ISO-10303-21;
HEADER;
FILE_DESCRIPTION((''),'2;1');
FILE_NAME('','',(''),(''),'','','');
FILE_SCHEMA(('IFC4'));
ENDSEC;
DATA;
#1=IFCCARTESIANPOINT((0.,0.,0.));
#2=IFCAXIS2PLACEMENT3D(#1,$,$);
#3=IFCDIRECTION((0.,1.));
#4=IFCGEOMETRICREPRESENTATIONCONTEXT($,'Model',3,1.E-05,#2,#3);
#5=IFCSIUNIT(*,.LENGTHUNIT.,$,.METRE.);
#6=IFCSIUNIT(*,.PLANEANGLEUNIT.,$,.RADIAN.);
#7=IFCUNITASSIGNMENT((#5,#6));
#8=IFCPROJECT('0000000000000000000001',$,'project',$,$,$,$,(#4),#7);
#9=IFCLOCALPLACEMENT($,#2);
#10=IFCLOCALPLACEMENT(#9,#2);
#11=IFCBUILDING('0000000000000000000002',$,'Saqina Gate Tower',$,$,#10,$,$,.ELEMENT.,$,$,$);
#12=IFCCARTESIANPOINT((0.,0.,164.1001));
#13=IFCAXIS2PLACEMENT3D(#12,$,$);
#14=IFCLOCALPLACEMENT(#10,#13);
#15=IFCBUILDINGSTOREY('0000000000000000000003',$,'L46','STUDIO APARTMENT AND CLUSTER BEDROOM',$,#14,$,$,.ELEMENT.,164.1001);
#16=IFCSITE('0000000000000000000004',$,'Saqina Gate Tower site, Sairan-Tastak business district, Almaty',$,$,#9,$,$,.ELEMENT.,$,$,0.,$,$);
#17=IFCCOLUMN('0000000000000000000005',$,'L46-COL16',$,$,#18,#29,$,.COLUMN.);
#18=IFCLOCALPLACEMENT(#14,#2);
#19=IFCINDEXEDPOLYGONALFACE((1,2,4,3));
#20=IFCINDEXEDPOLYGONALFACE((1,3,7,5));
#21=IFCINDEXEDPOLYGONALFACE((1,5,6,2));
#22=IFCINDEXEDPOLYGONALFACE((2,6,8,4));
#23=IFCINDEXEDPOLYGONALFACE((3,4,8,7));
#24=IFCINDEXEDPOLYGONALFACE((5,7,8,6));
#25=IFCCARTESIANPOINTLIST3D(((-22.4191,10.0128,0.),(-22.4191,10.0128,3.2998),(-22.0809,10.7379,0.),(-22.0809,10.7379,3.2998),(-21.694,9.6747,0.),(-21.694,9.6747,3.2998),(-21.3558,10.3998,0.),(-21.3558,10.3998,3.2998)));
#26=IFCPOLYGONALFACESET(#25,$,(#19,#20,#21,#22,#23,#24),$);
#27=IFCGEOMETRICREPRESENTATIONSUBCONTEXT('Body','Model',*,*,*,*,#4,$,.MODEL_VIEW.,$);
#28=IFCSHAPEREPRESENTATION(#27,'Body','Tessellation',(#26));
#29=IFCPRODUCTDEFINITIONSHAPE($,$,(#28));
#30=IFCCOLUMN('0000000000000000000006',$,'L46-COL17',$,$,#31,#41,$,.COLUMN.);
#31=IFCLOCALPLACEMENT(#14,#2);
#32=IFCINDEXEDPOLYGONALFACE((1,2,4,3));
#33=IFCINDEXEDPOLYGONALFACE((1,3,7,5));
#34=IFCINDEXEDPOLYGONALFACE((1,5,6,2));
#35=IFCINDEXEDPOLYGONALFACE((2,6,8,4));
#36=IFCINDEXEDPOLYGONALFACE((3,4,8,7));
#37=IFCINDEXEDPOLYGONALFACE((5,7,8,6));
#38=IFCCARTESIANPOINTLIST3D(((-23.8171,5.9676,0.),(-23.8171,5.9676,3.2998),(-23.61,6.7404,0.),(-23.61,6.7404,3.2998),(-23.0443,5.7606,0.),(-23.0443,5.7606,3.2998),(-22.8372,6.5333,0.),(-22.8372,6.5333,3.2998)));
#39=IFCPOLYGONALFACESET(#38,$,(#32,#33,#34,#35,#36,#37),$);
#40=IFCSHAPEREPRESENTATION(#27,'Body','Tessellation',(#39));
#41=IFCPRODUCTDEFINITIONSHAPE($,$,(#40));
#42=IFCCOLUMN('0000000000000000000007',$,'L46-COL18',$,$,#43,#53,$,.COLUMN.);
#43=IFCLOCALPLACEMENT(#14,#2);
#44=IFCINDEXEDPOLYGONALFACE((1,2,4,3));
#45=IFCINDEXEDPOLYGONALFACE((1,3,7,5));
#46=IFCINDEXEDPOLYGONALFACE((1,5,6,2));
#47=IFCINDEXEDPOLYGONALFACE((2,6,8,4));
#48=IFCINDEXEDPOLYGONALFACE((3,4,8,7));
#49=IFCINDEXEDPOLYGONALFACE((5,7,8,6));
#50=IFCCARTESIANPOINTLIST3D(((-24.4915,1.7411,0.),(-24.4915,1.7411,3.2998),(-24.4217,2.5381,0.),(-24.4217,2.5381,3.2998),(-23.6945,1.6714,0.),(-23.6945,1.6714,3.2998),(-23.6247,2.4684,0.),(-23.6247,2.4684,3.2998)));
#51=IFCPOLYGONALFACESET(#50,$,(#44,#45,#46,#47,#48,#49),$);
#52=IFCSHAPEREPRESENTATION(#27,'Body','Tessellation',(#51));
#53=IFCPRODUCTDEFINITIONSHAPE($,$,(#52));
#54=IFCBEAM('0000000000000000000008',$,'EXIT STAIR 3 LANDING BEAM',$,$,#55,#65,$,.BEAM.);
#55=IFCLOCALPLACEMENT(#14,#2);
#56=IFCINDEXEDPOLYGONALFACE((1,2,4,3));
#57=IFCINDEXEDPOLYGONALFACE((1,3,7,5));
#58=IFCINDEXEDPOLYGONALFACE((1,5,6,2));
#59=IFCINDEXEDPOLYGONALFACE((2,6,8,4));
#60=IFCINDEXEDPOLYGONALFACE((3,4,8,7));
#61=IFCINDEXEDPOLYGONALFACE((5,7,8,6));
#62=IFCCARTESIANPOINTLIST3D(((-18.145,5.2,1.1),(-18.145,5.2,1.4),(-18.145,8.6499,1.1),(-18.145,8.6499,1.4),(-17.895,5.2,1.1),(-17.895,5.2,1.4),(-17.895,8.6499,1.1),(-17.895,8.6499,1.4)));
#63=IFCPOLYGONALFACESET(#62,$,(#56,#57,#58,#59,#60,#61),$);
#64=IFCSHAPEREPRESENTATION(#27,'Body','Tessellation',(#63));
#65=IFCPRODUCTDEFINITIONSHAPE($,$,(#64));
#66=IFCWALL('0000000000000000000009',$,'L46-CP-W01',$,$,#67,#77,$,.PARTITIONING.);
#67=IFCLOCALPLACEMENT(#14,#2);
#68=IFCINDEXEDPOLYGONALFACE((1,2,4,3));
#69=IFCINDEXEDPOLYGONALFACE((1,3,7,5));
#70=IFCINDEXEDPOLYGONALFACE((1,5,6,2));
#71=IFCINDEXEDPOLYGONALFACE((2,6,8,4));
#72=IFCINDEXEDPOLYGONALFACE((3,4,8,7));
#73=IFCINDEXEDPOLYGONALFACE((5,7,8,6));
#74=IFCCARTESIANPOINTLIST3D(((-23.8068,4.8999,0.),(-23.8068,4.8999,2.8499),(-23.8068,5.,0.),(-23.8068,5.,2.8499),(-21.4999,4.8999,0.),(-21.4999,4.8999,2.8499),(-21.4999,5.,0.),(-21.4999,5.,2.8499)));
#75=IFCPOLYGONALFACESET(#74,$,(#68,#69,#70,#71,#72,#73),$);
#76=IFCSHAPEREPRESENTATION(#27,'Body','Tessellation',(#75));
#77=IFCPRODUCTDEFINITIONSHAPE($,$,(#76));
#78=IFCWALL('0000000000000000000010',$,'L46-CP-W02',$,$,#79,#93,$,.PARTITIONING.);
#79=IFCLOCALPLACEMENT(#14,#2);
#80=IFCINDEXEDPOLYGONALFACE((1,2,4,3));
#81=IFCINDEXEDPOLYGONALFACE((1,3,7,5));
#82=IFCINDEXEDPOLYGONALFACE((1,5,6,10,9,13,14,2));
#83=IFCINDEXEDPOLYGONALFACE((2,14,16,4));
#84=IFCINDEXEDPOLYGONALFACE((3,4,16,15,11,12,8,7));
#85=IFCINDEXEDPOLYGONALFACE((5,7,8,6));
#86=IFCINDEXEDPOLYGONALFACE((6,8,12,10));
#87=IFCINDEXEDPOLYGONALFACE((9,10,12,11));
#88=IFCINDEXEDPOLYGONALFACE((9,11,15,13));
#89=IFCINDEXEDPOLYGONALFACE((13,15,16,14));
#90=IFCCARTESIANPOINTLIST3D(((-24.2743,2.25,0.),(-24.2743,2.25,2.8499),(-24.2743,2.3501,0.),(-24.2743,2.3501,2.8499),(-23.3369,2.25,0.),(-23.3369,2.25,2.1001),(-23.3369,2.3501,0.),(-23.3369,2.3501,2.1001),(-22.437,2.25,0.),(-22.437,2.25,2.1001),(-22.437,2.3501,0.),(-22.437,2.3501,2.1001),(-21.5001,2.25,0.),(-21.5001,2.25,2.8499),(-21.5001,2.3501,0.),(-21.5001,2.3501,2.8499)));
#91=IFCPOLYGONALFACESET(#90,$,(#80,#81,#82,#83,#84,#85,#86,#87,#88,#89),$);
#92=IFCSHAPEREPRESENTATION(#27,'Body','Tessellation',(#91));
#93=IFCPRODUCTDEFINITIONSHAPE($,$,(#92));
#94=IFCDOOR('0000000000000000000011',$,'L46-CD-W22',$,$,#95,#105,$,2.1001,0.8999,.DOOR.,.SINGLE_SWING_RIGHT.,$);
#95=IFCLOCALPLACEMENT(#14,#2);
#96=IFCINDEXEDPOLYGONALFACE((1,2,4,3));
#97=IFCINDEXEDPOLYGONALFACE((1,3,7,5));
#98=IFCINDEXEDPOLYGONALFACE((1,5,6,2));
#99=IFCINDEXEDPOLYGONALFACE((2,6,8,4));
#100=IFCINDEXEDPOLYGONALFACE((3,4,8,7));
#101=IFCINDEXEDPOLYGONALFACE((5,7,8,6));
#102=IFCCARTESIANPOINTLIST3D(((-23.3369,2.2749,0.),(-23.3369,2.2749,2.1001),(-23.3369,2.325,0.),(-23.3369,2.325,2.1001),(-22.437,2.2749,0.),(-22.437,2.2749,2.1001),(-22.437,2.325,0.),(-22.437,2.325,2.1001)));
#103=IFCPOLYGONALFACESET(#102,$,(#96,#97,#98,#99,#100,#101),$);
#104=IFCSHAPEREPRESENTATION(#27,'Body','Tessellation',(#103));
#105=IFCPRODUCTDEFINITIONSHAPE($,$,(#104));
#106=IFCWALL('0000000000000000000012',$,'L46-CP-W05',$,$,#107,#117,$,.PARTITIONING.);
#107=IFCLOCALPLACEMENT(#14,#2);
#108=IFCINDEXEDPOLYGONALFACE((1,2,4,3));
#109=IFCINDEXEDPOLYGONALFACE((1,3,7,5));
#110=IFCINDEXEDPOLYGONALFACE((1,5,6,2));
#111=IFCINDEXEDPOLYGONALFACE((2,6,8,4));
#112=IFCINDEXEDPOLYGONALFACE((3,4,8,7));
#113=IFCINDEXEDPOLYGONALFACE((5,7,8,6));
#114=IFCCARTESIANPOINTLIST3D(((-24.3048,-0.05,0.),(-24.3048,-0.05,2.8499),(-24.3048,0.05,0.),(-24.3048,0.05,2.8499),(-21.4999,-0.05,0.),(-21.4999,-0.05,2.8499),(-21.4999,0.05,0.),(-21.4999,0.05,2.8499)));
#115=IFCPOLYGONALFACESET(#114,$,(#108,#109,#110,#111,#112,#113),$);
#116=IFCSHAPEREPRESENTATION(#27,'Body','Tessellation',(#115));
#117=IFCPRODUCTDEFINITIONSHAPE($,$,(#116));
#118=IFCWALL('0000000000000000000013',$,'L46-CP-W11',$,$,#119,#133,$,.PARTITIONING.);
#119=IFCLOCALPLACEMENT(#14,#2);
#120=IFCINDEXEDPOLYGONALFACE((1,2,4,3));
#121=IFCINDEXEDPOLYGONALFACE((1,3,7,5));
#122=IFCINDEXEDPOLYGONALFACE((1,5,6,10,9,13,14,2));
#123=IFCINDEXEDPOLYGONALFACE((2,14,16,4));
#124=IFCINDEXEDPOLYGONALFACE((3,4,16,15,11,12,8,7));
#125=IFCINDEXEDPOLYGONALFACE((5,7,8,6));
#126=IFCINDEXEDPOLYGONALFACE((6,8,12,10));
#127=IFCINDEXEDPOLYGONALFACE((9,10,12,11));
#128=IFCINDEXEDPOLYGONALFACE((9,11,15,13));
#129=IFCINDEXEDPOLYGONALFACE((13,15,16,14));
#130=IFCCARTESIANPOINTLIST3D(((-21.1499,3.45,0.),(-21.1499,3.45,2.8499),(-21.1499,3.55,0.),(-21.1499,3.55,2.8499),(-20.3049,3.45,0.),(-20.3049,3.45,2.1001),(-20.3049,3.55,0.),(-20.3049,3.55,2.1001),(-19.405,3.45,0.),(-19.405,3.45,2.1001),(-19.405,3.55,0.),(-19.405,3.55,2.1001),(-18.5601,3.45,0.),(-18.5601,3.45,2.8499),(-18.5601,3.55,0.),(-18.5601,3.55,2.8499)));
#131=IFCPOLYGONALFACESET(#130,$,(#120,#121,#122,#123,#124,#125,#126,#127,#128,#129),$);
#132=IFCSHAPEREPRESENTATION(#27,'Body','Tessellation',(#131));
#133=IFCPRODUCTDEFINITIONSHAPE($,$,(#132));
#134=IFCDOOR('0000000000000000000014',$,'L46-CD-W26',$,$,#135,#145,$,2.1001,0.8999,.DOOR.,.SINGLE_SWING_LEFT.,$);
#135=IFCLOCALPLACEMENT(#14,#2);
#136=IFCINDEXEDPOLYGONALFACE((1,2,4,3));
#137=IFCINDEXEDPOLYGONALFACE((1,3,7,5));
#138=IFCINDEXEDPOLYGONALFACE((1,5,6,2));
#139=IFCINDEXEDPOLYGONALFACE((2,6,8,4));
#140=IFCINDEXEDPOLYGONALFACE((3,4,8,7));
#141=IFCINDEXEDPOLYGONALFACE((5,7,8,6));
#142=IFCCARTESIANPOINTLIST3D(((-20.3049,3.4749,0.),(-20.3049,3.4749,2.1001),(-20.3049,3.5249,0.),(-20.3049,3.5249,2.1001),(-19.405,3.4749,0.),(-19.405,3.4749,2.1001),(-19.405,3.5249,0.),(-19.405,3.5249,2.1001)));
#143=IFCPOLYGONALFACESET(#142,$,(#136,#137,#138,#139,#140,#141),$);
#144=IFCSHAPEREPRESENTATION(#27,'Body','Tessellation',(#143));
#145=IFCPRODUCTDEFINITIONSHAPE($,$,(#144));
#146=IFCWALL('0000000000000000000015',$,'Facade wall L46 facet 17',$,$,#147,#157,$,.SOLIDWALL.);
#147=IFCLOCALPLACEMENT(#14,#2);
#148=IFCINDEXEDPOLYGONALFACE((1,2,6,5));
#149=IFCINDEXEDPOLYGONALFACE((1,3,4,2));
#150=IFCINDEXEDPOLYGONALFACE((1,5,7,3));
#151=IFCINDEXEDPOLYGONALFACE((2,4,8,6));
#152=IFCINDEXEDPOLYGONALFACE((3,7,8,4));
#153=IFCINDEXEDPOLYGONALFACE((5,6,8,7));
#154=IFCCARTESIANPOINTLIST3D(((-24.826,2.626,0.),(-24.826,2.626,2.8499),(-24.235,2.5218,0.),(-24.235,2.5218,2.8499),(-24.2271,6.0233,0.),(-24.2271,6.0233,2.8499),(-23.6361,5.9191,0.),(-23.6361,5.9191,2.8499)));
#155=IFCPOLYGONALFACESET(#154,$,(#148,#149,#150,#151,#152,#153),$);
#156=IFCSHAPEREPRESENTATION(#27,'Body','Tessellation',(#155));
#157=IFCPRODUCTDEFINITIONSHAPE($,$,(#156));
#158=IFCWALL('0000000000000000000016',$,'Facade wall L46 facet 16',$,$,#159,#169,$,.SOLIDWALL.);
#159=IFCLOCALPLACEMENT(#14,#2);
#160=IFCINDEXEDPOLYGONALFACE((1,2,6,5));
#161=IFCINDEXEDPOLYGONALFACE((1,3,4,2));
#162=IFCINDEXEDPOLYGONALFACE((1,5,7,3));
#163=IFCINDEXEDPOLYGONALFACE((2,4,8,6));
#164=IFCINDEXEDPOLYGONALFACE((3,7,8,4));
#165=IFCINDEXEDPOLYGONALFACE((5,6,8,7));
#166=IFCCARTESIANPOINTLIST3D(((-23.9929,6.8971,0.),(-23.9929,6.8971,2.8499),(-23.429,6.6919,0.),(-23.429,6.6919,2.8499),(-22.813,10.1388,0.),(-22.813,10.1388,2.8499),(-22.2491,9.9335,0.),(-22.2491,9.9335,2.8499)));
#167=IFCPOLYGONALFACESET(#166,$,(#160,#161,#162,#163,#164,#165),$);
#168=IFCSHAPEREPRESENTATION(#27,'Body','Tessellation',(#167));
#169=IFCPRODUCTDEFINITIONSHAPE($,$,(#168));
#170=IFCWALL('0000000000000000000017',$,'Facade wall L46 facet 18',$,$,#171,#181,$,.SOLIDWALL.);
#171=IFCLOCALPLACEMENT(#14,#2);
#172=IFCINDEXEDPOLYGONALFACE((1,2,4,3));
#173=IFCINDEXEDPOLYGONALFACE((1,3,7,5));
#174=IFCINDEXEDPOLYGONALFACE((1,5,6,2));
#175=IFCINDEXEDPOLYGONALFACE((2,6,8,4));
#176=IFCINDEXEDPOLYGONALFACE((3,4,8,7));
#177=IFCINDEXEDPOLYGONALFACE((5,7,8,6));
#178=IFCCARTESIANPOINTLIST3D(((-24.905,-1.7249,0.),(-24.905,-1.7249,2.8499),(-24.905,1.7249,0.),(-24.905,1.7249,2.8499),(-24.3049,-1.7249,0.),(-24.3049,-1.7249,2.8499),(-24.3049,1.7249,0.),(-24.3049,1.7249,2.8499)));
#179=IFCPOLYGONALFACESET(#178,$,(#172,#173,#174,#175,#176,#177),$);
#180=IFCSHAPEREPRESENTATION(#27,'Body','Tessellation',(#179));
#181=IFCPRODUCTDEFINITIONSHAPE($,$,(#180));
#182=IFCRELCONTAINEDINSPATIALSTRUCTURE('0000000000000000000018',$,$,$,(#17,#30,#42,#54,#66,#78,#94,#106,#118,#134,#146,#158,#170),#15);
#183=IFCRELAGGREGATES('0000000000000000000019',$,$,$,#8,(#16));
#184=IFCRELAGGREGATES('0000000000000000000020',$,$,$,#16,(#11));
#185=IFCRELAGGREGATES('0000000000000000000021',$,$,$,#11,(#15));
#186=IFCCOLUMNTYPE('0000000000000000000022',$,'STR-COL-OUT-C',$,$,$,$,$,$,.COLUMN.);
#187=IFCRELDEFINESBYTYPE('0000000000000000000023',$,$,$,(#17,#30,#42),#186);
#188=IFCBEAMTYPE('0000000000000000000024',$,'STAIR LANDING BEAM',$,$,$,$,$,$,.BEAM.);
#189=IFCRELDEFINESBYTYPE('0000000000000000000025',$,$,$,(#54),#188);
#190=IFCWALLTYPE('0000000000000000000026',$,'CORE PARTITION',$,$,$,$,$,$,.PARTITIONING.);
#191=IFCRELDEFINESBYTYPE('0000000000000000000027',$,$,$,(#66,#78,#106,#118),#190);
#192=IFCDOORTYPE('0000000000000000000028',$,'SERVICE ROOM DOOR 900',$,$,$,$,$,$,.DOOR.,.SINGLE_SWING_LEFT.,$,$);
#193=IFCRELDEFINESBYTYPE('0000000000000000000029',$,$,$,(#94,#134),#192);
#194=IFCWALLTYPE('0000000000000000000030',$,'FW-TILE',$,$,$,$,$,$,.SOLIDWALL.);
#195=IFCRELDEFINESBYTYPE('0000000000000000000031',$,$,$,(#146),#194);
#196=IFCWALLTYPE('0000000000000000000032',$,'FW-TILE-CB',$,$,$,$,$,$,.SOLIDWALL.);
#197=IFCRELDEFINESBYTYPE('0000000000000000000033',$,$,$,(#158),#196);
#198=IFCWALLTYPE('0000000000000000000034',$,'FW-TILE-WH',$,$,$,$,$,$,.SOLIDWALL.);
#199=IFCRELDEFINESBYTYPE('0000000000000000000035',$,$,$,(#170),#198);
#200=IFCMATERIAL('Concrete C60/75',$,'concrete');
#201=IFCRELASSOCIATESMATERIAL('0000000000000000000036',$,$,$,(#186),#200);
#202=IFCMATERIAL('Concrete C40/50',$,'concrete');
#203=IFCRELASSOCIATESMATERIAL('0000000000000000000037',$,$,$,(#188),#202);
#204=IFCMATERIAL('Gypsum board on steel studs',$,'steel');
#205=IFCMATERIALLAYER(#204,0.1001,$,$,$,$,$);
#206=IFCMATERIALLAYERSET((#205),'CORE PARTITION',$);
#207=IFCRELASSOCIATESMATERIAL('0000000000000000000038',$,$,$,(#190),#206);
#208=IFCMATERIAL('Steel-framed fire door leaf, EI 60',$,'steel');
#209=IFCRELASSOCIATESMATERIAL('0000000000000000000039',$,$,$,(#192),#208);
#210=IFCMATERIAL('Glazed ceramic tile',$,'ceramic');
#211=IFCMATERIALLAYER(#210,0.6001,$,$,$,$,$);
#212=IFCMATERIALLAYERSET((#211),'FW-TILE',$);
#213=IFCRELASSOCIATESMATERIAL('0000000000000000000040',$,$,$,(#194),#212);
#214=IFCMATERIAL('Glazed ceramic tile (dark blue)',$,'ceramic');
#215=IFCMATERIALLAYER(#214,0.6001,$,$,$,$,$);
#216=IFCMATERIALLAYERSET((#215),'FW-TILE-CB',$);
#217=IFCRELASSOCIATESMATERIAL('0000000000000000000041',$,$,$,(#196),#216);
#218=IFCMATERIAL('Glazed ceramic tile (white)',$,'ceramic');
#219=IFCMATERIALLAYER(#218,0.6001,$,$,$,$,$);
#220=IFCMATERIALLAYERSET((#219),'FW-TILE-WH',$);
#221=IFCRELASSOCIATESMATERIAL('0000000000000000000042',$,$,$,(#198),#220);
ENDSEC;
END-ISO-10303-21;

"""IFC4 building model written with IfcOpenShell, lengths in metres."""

from ifc_helpers import new_model, si_unit, direction, frame, frame_2d, origin, origin_2d, place, context, subcontext, project, spatial, rectangle, extrude, material, layer, layer_set, material_profile, profile_set, type_object, element, fill, save


model = new_model("IFC4")

# Units and contexts
model_context = context("Model", 3, precision=1e-05, world=origin(), true_north=direction((0.0, 1.0)))
body_context = subcontext(model_context, "Body", "Model", "MODEL_VIEW")
ifc_project = project(units=[si_unit("LENGTHUNIT", "METRE"), si_unit("PLANEANGLEUNIT", "RADIAN")], contexts=[model_context])

# Site, building, storey
site_placement = place(None, origin())
site = spatial("IfcSite", under=ifc_project, at=site_placement, Name="Saqina Gate Tower site, Sairan-Tastak business district, Almaty", CompositionType="ELEMENT", RefElevation=0.0)
building_placement = place(site_placement, origin())
building = spatial("IfcBuilding", under=site, at=building_placement, Name="Saqina Gate Tower", CompositionType="ELEMENT")
storey_placement = place(building_placement, frame((0.0, 0.0, 164.1001)))
storey = spatial("IfcBuildingStorey", under=building, at=storey_placement, Name="L46", Description="STUDIO APARTMENT AND CLUSTER BEDROOM", CompositionType="ELEMENT", Elevation=164.1001)

# Columns
ifc_material_1 = material(Name="Concrete C60/75", Category="concrete")
ifc_material_profile_1 = material_profile(ifc_material_1, rectangle(XDim=0.8, YDim=0.8, at=origin_2d()), Name="RC 800x800")
ifc_profile_set_1 = profile_set([ifc_material_profile_1], Name="Concrete C60/75")
column_type = type_object("IfcColumnType", Name="STR-COL-OUT-C", PredefinedType="COLUMN", material=ifc_profile_set_1)
for number, where, z_axis, x_axis, name in (
    (1, (-21.8875, 10.2063, 0.0), (0.0, 0.0, 1.0), (-0.906308, 0.422618, 0.0), "L46-COL16"),
    (2, (-23.3271, 6.2505, 0.0), (0.0, 0.0, 1.0), (-0.965926, 0.258819, 0.0), "L46-COL17"),
    (3, (-24.0581, 2.1047, 0.0), (0.0, 0.0, 1.0), (-0.996195, 0.087156, 0.0), "L46-COL18"),
):
    element("IfcColumn", number, at=place(storey_placement, frame(where, z_axis=z_axis, x_axis=x_axis)), inside=storey, type_object=column_type, Name=name, PredefinedType="COLUMN", context=body_context, shape_type="SweptSolid", body=[
        extrude(rectangle(XDim=0.8, YDim=0.8, at=origin_2d()), origin(), (0.0, 0.0, 1.0), 3.2998),
    ])

# Beam
ifc_material_2 = material(Name="Concrete C40/50", Category="concrete")
ifc_material_profile_2 = material_profile(ifc_material_2, rectangle(XDim=0.25, YDim=0.3, at=origin_2d()), Name="STAIR LANDING BEAM")
ifc_profile_set_2 = profile_set([ifc_material_profile_2], Name="Concrete C40/50")
beam_type = type_object("IfcBeamType", Name="STAIR LANDING BEAM", PredefinedType="BEAM", material=ifc_profile_set_2)
beam_placement = place(storey_placement, frame((-18.02, 5.2, 1.25), z_axis=(0.0, 1.0, 0.0), x_axis=(-1.0, 0.0, 0.0)))
element("IfcBeam", 4, at=beam_placement, inside=storey, type_object=beam_type, Name="EXIT STAIR 3 LANDING BEAM", PredefinedType="BEAM", context=body_context, shape_type="SweptSolid", body=[
    extrude(rectangle(XDim=0.25, YDim=0.3, at=origin_2d()), origin(), (0.0, 0.0, 1.0), 3.45),
])

# Wall
ifc_material_3 = material(Name="Gypsum board on steel studs", Category="steel")
ifc_layer_1 = layer(ifc_material_3, 0.1001)
ifc_layer_set_1 = layer_set([ifc_layer_1], Name="CORE PARTITION")
wall_type_1 = type_object("IfcWallType", Name="CORE PARTITION", PredefinedType="PARTITIONING", material=ifc_layer_set_1)
wall_1_placement = place(storey_placement, frame((-21.5, 4.95, 0.0), z_axis=(0.0, 0.0, 1.0), x_axis=(-1.0, 0.0, 0.0)))
element("IfcWall", 5, at=wall_1_placement, inside=storey, type_object=wall_type_1, Name="L46-CP-W01", PredefinedType="PARTITIONING", context=body_context, shape_type="SweptSolid", body=[
    extrude(rectangle(XDim=2.3069, YDim=0.1001, at=frame_2d((1.1533, 0.0))), origin(), (0.0, 0.0, 1.0), 2.8499),
])

# Wall, opening, door
wall_2_placement = place(storey_placement, frame((-21.5, 2.3, 0.0), z_axis=(0.0, 0.0, 1.0), x_axis=(-1.0, 0.0, 0.0)))
wall_2 = element("IfcWall", 6, at=wall_2_placement, inside=storey, type_object=wall_type_1, Name="L46-CP-W02", PredefinedType="PARTITIONING", context=body_context, shape_type="SweptSolid", body=[
    extrude(rectangle(XDim=2.7742, YDim=0.1001, at=frame_2d((1.3872, 0.0))), origin(), (0.0, 0.0, 1.0), 2.8499),
])
opening_1_placement = place(wall_2_placement, frame((0.937, 0.0, 0.0)))
opening_1 = element("IfcOpeningElement", 7, at=opening_1_placement, cuts=wall_2, PredefinedType="OPENING", context=body_context, shape_type="SweptSolid", body=[
    extrude(rectangle(XDim=0.8999, YDim=2.1001, at=frame_2d((0.45, 1.05))), frame((0.0, 0.062, 0.0), z_axis=(0.0, -1.0, 0.0), x_axis=(1.0, 0.0, 0.0)), (0.0, 0.0, 1.0), 0.124),
])
ifc_material_4 = material(Name="Steel-framed fire door leaf, EI 60", Category="steel")
door_type_1 = type_object("IfcDoorType", Name="SERVICE ROOM DOOR 900", OperationType="SINGLE_SWING_LEFT", PredefinedType="DOOR", material=ifc_material_4)
door_1_placement = place(opening_1_placement, frame((0.8999, 0.0, 0.0), z_axis=(0.0, 0.0, 1.0), x_axis=(-1.0, 0.0, 0.0)))
door_1 = element("IfcDoor", 8, at=door_1_placement, inside=storey, type_object=door_type_1, Name="L46-CD-W22", OperationType="SINGLE_SWING_RIGHT", OverallHeight=2.1001, OverallWidth=0.8999, PredefinedType="DOOR", context=body_context, shape_type="SweptSolid", body=[
    extrude(rectangle(XDim=0.8999, YDim=2.1001, at=frame_2d((0.45, 1.05))), frame((0.0, 0.0249, 0.0), z_axis=(0.0, -1.0, 0.0), x_axis=(1.0, 0.0, 0.0)), (0.0, 0.0, 1.0), 0.05),
])
fill(opening_1, door_1)

# Wall
wall_3_placement = place(storey_placement, frame((-21.5, 0.0, 0.0), z_axis=(0.0, 0.0, 1.0), x_axis=(-1.0, 0.0, 0.0)))
element("IfcWall", 9, at=wall_3_placement, inside=storey, type_object=wall_type_1, Name="L46-CP-W05", PredefinedType="PARTITIONING", context=body_context, shape_type="SweptSolid", body=[
    extrude(rectangle(XDim=2.8049, YDim=0.1001, at=frame_2d((1.4023, 0.0))), origin(), (0.0, 0.0, 1.0), 2.8499),
])

# Wall, opening, door
wall_4_placement = place(storey_placement, frame((-18.5601, 3.5, 0.0), z_axis=(0.0, 0.0, 1.0), x_axis=(-1.0, 0.0, 0.0)))
wall_4 = element("IfcWall", 10, at=wall_4_placement, inside=storey, type_object=wall_type_1, Name="L46-CP-W11", PredefinedType="PARTITIONING", context=body_context, shape_type="SweptSolid", body=[
    extrude(rectangle(XDim=2.5898, YDim=0.1001, at=frame_2d((1.2949, 0.0))), origin(), (0.0, 0.0, 1.0), 2.8499),
])
opening_2_placement = place(wall_4_placement, frame((0.845, 0.0, 0.0)))
opening_2 = element("IfcOpeningElement", 11, at=opening_2_placement, cuts=wall_4, PredefinedType="OPENING", context=body_context, shape_type="SweptSolid", body=[
    extrude(rectangle(XDim=0.8999, YDim=2.1001, at=frame_2d((0.45, 1.05))), frame((0.0, 0.062, 0.0), z_axis=(0.0, -1.0, 0.0), x_axis=(1.0, 0.0, 0.0)), (0.0, 0.0, 1.0), 0.124),
])
door_2_placement = place(opening_2_placement, frame((0.8999, 0.0, 0.0), z_axis=(0.0, 0.0, 1.0), x_axis=(-1.0, 0.0, 0.0)))
door_2 = element("IfcDoor", 12, at=door_2_placement, inside=storey, type_object=door_type_1, Name="L46-CD-W26", OperationType="SINGLE_SWING_LEFT", OverallHeight=2.1001, OverallWidth=0.8999, PredefinedType="DOOR", context=body_context, shape_type="SweptSolid", body=[
    extrude(rectangle(XDim=0.8999, YDim=2.1001, at=frame_2d((0.45, 1.05))), frame((0.0, 0.0249, 0.0), z_axis=(0.0, -1.0, 0.0), x_axis=(1.0, 0.0, 0.0)), (0.0, 0.0, 1.0), 0.05),
])
fill(opening_2, door_2)

# Walls
ifc_material_5 = material(Name="Glazed ceramic tile", Category="ceramic")
ifc_layer_2 = layer(ifc_material_5, 0.6001)
ifc_layer_set_2 = layer_set([ifc_layer_2], Name="FW-TILE")
wall_type_2 = type_object("IfcWallType", Name="FW-TILE", PredefinedType="SOLIDWALL", material=ifc_layer_set_2)
wall_5_placement = place(storey_placement, frame((-23.9316, 5.9712, 0.0), z_axis=(0.0, 0.0, 1.0), x_axis=(-0.173608, -0.984815, 0.0)))
element("IfcWall", 13, at=wall_5_placement, inside=storey, type_object=wall_type_2, Name="Facade wall L46 facet 17", PredefinedType="SOLIDWALL", context=body_context, shape_type="SweptSolid", body=[
    extrude(rectangle(XDim=3.4497, YDim=0.6001, at=frame_2d((1.7249, 0.0))), origin(), (0.0, 0.0, 1.0), 2.8499),
])
ifc_material_6 = material(Name="Glazed ceramic tile (dark blue)", Category="ceramic")
ifc_layer_3 = layer(ifc_material_6, 0.6001)
ifc_layer_set_3 = layer_set([ifc_layer_3], Name="FW-TILE-CB")
wall_type_3 = type_object("IfcWallType", Name="FW-TILE-CB", PredefinedType="SOLIDWALL", material=ifc_layer_set_3)
wall_6_placement = place(storey_placement, frame((-22.531, 10.0361, 0.0), z_axis=(0.0, 0.0, 1.0), x_axis=(-0.342033, -0.939688, 0.0)))
element("IfcWall", 14, at=wall_6_placement, inside=storey, type_object=wall_type_3, Name="Facade wall L46 facet 16", PredefinedType="SOLIDWALL", context=body_context, shape_type="SweptSolid", body=[
    extrude(rectangle(XDim=3.4497, YDim=0.6001, at=frame_2d((1.7249, 0.0))), origin(), (0.0, 0.0, 1.0), 2.8499),
])
ifc_material_7 = material(Name="Glazed ceramic tile (white)", Category="ceramic")
ifc_layer_4 = layer(ifc_material_7, 0.6001)
ifc_layer_set_4 = layer_set([ifc_layer_4], Name="FW-TILE-WH")
wall_type_4 = type_object("IfcWallType", Name="FW-TILE-WH", PredefinedType="SOLIDWALL", material=ifc_layer_set_4)
wall_7_placement = place(storey_placement, frame((-24.605, 1.7249, 0.0), z_axis=(0.0, 0.0, 1.0), x_axis=(0.0, -1.0, 0.0)))
element("IfcWall", 15, at=wall_7_placement, inside=storey, type_object=wall_type_4, Name="Facade wall L46 facet 18", PredefinedType="SOLIDWALL", context=body_context, shape_type="SweptSolid", body=[
    extrude(rectangle(XDim=3.4497, YDim=0.6001, at=frame_2d((1.7249, 0.0))), origin(), (0.0, 0.0, 1.0), 2.8499),
])

save(model, "model.ifc")
